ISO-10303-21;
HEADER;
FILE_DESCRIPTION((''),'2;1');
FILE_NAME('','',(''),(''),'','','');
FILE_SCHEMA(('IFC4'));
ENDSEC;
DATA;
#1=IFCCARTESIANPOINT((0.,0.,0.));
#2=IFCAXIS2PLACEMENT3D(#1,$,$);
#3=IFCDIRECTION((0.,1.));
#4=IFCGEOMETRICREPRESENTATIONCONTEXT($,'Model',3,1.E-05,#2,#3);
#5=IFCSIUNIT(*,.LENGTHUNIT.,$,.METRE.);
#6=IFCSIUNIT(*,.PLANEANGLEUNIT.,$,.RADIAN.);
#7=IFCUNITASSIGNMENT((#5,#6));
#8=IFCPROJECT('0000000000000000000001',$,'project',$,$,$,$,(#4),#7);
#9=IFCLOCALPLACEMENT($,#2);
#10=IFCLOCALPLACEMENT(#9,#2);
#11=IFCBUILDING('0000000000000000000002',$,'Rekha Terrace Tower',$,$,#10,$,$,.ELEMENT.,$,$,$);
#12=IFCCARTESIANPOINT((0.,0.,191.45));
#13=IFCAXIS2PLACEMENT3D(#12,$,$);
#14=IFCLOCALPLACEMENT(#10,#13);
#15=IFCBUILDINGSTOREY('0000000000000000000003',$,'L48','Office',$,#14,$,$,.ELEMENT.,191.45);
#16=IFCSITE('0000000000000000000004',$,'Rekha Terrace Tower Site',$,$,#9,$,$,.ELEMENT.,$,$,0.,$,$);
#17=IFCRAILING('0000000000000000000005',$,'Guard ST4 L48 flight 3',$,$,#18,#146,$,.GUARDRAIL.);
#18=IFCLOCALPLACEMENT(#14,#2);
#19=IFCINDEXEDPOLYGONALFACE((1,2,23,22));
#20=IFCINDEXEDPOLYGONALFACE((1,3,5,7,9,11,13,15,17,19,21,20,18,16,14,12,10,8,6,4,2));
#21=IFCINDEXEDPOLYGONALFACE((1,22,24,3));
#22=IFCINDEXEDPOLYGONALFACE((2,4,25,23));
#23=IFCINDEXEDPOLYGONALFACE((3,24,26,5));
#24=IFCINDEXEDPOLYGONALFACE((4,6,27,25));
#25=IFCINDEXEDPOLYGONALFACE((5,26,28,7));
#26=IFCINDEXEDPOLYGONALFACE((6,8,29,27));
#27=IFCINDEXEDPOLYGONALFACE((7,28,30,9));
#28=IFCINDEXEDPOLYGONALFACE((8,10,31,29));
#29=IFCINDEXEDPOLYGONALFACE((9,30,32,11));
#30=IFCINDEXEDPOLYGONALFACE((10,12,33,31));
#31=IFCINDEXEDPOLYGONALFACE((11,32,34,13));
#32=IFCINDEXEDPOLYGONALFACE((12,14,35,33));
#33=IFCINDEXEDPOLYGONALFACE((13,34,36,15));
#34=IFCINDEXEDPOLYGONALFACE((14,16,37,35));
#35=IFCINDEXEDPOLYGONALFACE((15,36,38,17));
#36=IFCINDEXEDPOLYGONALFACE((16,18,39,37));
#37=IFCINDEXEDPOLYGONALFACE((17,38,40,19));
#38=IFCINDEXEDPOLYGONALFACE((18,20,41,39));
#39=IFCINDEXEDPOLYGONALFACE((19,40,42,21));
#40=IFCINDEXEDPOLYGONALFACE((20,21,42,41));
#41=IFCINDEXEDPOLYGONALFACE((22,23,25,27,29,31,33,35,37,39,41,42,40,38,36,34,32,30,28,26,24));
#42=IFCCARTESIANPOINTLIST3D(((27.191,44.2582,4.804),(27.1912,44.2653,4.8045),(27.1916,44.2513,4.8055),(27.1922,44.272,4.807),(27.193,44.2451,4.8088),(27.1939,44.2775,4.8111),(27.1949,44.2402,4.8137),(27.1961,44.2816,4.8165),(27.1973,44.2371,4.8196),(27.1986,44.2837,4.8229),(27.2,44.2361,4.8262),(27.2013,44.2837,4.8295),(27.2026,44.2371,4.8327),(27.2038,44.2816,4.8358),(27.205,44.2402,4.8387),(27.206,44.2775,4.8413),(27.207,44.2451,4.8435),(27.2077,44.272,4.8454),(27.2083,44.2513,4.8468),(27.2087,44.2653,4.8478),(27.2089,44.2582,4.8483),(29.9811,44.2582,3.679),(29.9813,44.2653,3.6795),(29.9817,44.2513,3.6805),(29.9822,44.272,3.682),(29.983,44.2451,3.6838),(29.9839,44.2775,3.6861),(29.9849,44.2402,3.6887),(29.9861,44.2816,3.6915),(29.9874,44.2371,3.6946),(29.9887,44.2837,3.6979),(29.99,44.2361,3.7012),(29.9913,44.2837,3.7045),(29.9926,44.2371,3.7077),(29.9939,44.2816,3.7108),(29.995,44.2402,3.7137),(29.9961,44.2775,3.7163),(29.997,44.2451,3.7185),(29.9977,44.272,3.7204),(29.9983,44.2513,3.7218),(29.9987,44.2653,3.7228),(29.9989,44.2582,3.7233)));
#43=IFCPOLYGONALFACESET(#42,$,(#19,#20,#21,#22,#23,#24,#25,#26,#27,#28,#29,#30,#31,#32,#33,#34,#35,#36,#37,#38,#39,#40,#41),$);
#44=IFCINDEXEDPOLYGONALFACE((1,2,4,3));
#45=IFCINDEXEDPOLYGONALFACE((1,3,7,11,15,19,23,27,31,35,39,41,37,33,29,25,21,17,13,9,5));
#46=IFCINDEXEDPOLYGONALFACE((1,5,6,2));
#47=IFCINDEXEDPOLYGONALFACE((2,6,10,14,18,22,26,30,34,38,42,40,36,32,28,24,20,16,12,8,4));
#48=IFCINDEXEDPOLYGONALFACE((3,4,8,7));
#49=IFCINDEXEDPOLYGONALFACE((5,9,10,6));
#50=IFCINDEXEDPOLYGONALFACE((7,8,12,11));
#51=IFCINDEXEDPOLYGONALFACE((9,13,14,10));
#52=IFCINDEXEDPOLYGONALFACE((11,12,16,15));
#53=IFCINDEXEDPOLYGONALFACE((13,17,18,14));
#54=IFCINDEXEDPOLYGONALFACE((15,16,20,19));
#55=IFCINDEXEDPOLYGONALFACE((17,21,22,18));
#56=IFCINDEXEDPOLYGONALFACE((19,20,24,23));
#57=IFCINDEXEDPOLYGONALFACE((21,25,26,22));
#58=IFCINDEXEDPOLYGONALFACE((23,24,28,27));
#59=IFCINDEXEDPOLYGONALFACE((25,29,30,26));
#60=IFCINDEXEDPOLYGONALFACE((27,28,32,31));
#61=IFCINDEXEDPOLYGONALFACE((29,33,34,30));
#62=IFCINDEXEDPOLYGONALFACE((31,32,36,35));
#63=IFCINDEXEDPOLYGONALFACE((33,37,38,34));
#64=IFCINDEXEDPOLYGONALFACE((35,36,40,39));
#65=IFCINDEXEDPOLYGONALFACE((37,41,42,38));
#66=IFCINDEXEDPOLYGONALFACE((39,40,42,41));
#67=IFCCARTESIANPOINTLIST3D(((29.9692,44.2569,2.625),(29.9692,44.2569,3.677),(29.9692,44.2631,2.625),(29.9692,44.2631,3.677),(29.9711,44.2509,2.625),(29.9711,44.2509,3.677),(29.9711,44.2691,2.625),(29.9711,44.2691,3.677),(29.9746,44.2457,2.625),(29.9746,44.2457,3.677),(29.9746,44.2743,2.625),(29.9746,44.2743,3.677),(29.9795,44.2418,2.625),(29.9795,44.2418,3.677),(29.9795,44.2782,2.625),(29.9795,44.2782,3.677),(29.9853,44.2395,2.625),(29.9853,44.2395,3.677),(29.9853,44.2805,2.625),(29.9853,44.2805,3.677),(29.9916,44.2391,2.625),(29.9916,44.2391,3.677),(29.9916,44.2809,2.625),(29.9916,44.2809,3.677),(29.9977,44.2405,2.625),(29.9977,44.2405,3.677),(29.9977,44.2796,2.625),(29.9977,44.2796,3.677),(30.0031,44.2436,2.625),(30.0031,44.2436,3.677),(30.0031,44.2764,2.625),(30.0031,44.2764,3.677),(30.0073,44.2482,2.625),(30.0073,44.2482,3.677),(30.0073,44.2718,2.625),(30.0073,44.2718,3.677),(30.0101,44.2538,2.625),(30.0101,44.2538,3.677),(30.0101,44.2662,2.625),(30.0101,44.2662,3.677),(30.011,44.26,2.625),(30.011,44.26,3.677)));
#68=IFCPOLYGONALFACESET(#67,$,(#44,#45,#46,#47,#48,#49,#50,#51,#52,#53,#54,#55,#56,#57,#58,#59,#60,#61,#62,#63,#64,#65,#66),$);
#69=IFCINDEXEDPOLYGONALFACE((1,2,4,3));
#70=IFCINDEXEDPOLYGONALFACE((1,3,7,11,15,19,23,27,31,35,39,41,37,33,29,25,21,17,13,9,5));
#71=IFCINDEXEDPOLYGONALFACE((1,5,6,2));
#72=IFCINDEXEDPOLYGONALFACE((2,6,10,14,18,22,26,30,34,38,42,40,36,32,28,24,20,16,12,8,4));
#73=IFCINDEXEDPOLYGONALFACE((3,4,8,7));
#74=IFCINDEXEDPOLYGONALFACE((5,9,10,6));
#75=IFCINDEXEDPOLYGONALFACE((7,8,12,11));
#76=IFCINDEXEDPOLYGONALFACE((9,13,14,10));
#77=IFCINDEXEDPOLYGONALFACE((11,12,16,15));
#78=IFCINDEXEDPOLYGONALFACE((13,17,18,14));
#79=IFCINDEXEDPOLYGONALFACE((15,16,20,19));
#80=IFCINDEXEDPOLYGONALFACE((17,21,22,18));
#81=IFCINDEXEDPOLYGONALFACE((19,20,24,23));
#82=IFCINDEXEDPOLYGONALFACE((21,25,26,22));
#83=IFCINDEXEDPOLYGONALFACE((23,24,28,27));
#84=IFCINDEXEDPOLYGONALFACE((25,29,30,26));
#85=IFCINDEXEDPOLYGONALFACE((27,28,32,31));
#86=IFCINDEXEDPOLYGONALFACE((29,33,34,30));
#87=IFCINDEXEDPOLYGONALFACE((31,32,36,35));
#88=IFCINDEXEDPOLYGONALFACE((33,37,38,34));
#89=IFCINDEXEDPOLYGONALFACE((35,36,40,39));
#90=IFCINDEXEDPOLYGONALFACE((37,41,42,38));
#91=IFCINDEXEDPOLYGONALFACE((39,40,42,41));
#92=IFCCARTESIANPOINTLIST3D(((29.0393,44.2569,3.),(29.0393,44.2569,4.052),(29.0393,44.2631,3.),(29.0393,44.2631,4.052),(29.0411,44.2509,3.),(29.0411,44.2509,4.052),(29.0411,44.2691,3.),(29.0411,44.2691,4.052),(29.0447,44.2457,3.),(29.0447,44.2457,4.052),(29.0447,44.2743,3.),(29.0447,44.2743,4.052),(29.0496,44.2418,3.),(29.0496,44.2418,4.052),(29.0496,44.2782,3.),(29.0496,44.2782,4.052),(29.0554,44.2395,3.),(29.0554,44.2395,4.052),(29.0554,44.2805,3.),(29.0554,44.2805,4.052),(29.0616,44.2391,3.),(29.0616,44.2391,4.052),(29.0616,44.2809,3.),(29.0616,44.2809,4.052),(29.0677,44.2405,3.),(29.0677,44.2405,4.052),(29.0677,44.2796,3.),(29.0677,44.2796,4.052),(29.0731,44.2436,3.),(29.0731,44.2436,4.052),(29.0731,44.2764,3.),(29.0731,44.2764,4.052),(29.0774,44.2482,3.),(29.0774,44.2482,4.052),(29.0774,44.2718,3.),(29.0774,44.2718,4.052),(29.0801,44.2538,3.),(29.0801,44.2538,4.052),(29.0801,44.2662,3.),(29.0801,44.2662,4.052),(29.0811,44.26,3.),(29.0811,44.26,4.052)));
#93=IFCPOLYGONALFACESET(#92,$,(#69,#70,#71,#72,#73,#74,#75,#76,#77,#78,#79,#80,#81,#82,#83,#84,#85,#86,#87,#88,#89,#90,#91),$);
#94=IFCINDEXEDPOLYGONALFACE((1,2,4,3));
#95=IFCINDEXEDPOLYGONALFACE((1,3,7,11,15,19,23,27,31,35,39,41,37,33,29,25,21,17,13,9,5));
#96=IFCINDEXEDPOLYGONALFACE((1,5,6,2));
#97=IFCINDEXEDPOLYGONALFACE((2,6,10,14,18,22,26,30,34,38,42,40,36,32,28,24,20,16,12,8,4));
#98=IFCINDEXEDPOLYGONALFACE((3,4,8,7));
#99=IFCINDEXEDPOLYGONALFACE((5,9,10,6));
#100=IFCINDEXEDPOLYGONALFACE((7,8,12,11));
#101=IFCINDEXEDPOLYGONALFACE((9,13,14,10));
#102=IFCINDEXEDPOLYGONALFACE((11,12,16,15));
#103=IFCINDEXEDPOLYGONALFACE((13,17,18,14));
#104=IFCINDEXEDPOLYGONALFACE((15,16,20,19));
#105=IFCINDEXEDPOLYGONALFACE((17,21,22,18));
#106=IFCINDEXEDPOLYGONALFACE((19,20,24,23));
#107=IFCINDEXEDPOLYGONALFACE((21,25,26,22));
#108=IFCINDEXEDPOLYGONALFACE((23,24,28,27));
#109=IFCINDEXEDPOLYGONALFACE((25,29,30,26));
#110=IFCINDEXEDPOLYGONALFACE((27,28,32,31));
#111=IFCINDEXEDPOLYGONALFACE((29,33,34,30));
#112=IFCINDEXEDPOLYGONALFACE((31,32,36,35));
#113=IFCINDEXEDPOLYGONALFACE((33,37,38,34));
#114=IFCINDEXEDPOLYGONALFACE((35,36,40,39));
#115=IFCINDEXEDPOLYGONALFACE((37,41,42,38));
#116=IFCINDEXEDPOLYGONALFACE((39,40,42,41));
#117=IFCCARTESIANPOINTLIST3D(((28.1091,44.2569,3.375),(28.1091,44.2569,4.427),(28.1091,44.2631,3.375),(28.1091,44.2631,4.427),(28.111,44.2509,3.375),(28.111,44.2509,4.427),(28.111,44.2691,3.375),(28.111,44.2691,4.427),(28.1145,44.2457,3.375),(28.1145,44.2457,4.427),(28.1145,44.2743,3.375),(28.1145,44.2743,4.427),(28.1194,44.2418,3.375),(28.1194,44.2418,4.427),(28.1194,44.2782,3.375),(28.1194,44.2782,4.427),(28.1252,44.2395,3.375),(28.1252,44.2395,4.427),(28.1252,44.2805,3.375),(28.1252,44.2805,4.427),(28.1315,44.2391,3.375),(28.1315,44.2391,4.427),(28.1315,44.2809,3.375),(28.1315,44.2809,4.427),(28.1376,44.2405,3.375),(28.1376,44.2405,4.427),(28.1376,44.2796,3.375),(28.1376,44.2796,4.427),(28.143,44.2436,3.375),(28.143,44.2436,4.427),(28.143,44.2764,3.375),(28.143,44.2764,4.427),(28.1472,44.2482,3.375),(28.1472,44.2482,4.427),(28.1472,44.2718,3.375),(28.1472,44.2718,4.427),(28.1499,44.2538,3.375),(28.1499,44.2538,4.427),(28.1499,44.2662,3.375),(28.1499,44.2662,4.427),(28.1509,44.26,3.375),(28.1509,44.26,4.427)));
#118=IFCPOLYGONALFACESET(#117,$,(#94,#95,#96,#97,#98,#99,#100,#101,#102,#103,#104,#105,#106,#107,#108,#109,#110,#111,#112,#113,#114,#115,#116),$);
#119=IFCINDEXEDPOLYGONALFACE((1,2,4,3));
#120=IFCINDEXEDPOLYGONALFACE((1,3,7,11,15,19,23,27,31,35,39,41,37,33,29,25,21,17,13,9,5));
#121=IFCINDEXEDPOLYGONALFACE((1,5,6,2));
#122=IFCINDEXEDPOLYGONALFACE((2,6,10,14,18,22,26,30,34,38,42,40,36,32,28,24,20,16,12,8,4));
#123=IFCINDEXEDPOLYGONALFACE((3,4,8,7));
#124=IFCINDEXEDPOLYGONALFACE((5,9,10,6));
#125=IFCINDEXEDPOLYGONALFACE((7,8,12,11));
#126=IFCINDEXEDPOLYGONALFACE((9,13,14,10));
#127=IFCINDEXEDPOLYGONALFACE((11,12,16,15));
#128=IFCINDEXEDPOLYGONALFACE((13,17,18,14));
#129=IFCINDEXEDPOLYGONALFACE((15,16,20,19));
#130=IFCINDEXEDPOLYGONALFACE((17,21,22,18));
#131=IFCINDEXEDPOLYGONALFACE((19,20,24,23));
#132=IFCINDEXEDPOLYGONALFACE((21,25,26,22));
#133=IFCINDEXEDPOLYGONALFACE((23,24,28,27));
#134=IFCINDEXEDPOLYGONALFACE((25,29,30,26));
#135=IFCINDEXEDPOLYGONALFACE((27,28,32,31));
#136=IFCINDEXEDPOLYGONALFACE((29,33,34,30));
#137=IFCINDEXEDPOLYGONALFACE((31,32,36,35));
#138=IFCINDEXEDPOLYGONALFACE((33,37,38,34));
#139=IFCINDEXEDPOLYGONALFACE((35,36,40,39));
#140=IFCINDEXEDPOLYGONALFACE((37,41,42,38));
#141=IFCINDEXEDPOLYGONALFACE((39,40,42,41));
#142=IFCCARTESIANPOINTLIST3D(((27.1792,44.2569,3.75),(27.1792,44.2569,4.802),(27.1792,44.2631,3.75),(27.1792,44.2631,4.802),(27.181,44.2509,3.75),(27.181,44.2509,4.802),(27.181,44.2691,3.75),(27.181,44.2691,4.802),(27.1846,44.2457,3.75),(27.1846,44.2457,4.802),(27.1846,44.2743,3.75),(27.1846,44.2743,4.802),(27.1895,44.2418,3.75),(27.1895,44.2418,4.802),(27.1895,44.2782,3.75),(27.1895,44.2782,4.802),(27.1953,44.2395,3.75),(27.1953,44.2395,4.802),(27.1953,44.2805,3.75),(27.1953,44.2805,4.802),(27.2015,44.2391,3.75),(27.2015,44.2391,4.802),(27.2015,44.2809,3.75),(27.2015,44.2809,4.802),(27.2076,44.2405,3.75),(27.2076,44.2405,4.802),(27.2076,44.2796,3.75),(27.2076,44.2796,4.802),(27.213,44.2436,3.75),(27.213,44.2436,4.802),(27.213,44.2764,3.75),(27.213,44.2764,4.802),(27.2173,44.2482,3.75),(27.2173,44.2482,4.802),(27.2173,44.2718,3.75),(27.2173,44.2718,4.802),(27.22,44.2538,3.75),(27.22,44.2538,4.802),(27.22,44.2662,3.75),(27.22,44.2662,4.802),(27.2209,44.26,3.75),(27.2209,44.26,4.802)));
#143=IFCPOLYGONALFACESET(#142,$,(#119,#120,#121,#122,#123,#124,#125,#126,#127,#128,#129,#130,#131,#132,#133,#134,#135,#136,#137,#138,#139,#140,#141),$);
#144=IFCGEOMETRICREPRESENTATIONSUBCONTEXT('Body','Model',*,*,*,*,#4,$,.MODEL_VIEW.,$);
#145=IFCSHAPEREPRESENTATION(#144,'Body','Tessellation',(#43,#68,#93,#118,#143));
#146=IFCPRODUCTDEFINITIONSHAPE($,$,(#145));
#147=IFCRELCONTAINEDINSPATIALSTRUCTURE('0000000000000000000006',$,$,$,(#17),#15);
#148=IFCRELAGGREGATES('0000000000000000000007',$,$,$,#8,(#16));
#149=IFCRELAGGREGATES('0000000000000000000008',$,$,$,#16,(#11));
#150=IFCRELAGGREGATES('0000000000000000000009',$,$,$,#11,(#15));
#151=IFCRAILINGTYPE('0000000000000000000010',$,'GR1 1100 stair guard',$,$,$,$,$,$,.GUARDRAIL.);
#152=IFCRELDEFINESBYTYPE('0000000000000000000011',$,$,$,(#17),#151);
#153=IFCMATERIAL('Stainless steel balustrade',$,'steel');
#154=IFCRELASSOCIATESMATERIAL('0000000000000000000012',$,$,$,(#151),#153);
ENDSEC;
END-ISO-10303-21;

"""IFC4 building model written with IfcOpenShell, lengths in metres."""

from ifc_helpers import new_model, si_unit, direction, frame, origin, origin_2d, place, context, subcontext, project, spatial, circle, extrude, material, type_object, element, save


model = new_model("IFC4")

# Units and contexts
model_context = context("Model", 3, precision=1e-05, world=origin(), true_north=direction((0.0, 1.0)))
body_context = subcontext(model_context, "Body", "Model", "MODEL_VIEW")
ifc_project = project(units=[si_unit("LENGTHUNIT", "METRE"), si_unit("PLANEANGLEUNIT", "RADIAN")], contexts=[model_context])

# Site, building, storey
site_placement = place(None, origin())
site = spatial("IfcSite", under=ifc_project, at=site_placement, Name="Rekha Terrace Tower Site", CompositionType="ELEMENT", RefElevation=0.0)
building_placement = place(site_placement, origin())
building = spatial("IfcBuilding", under=site, at=building_placement, Name="Rekha Terrace Tower", CompositionType="ELEMENT")
storey_placement = place(building_placement, frame((0.0, 0.0, 191.45)))
storey = spatial("IfcBuildingStorey", under=building, at=storey_placement, Name="L48", Description="Office", CompositionType="ELEMENT", Elevation=191.45)

# Railing
ifc_material_1 = material(Name="Stainless steel balustrade", Category="steel")
railing_type_1 = type_object("IfcRailingType", Name="GR1 1100 stair guard", PredefinedType="GUARDRAIL", material=ifc_material_1)
railing_1_placement = place(storey_placement, frame((29.99, 44.26, 2.625)))
element("IfcRailing", 1, at=railing_1_placement, inside=storey, type_object=railing_type_1, Name="Guard ST4 L48 flight 3", PredefinedType="GUARDRAIL", context=body_context, shape_type="SweptSolid", body=[
    extrude(circle(Radius=0.0239, at=origin_2d()), frame((0.0, 0.0, 1.0762), z_axis=(-0.927443, 0.0, 0.373964), x_axis=(0.0, -1.0, 0.0)), (0.0, 0.0, 1.0), 3.0083),
    extrude(circle(Radius=0.021, at=origin_2d()), origin(), (0.0, 0.0, 1.0), 1.052),
    extrude(circle(Radius=0.021, at=origin_2d()), frame((-0.9299, 0.0, 0.375)), (0.0, 0.0, 1.0), 1.052),
    extrude(circle(Radius=0.021, at=origin_2d()), frame((-1.8601, 0.0, 0.75)), (0.0, 0.0, 1.0), 1.052),
    extrude(circle(Radius=0.021, at=origin_2d()), frame((-2.79, 0.0, 1.125)), (0.0, 0.0, 1.0), 1.052),
])

save(model, "model.ifc")
